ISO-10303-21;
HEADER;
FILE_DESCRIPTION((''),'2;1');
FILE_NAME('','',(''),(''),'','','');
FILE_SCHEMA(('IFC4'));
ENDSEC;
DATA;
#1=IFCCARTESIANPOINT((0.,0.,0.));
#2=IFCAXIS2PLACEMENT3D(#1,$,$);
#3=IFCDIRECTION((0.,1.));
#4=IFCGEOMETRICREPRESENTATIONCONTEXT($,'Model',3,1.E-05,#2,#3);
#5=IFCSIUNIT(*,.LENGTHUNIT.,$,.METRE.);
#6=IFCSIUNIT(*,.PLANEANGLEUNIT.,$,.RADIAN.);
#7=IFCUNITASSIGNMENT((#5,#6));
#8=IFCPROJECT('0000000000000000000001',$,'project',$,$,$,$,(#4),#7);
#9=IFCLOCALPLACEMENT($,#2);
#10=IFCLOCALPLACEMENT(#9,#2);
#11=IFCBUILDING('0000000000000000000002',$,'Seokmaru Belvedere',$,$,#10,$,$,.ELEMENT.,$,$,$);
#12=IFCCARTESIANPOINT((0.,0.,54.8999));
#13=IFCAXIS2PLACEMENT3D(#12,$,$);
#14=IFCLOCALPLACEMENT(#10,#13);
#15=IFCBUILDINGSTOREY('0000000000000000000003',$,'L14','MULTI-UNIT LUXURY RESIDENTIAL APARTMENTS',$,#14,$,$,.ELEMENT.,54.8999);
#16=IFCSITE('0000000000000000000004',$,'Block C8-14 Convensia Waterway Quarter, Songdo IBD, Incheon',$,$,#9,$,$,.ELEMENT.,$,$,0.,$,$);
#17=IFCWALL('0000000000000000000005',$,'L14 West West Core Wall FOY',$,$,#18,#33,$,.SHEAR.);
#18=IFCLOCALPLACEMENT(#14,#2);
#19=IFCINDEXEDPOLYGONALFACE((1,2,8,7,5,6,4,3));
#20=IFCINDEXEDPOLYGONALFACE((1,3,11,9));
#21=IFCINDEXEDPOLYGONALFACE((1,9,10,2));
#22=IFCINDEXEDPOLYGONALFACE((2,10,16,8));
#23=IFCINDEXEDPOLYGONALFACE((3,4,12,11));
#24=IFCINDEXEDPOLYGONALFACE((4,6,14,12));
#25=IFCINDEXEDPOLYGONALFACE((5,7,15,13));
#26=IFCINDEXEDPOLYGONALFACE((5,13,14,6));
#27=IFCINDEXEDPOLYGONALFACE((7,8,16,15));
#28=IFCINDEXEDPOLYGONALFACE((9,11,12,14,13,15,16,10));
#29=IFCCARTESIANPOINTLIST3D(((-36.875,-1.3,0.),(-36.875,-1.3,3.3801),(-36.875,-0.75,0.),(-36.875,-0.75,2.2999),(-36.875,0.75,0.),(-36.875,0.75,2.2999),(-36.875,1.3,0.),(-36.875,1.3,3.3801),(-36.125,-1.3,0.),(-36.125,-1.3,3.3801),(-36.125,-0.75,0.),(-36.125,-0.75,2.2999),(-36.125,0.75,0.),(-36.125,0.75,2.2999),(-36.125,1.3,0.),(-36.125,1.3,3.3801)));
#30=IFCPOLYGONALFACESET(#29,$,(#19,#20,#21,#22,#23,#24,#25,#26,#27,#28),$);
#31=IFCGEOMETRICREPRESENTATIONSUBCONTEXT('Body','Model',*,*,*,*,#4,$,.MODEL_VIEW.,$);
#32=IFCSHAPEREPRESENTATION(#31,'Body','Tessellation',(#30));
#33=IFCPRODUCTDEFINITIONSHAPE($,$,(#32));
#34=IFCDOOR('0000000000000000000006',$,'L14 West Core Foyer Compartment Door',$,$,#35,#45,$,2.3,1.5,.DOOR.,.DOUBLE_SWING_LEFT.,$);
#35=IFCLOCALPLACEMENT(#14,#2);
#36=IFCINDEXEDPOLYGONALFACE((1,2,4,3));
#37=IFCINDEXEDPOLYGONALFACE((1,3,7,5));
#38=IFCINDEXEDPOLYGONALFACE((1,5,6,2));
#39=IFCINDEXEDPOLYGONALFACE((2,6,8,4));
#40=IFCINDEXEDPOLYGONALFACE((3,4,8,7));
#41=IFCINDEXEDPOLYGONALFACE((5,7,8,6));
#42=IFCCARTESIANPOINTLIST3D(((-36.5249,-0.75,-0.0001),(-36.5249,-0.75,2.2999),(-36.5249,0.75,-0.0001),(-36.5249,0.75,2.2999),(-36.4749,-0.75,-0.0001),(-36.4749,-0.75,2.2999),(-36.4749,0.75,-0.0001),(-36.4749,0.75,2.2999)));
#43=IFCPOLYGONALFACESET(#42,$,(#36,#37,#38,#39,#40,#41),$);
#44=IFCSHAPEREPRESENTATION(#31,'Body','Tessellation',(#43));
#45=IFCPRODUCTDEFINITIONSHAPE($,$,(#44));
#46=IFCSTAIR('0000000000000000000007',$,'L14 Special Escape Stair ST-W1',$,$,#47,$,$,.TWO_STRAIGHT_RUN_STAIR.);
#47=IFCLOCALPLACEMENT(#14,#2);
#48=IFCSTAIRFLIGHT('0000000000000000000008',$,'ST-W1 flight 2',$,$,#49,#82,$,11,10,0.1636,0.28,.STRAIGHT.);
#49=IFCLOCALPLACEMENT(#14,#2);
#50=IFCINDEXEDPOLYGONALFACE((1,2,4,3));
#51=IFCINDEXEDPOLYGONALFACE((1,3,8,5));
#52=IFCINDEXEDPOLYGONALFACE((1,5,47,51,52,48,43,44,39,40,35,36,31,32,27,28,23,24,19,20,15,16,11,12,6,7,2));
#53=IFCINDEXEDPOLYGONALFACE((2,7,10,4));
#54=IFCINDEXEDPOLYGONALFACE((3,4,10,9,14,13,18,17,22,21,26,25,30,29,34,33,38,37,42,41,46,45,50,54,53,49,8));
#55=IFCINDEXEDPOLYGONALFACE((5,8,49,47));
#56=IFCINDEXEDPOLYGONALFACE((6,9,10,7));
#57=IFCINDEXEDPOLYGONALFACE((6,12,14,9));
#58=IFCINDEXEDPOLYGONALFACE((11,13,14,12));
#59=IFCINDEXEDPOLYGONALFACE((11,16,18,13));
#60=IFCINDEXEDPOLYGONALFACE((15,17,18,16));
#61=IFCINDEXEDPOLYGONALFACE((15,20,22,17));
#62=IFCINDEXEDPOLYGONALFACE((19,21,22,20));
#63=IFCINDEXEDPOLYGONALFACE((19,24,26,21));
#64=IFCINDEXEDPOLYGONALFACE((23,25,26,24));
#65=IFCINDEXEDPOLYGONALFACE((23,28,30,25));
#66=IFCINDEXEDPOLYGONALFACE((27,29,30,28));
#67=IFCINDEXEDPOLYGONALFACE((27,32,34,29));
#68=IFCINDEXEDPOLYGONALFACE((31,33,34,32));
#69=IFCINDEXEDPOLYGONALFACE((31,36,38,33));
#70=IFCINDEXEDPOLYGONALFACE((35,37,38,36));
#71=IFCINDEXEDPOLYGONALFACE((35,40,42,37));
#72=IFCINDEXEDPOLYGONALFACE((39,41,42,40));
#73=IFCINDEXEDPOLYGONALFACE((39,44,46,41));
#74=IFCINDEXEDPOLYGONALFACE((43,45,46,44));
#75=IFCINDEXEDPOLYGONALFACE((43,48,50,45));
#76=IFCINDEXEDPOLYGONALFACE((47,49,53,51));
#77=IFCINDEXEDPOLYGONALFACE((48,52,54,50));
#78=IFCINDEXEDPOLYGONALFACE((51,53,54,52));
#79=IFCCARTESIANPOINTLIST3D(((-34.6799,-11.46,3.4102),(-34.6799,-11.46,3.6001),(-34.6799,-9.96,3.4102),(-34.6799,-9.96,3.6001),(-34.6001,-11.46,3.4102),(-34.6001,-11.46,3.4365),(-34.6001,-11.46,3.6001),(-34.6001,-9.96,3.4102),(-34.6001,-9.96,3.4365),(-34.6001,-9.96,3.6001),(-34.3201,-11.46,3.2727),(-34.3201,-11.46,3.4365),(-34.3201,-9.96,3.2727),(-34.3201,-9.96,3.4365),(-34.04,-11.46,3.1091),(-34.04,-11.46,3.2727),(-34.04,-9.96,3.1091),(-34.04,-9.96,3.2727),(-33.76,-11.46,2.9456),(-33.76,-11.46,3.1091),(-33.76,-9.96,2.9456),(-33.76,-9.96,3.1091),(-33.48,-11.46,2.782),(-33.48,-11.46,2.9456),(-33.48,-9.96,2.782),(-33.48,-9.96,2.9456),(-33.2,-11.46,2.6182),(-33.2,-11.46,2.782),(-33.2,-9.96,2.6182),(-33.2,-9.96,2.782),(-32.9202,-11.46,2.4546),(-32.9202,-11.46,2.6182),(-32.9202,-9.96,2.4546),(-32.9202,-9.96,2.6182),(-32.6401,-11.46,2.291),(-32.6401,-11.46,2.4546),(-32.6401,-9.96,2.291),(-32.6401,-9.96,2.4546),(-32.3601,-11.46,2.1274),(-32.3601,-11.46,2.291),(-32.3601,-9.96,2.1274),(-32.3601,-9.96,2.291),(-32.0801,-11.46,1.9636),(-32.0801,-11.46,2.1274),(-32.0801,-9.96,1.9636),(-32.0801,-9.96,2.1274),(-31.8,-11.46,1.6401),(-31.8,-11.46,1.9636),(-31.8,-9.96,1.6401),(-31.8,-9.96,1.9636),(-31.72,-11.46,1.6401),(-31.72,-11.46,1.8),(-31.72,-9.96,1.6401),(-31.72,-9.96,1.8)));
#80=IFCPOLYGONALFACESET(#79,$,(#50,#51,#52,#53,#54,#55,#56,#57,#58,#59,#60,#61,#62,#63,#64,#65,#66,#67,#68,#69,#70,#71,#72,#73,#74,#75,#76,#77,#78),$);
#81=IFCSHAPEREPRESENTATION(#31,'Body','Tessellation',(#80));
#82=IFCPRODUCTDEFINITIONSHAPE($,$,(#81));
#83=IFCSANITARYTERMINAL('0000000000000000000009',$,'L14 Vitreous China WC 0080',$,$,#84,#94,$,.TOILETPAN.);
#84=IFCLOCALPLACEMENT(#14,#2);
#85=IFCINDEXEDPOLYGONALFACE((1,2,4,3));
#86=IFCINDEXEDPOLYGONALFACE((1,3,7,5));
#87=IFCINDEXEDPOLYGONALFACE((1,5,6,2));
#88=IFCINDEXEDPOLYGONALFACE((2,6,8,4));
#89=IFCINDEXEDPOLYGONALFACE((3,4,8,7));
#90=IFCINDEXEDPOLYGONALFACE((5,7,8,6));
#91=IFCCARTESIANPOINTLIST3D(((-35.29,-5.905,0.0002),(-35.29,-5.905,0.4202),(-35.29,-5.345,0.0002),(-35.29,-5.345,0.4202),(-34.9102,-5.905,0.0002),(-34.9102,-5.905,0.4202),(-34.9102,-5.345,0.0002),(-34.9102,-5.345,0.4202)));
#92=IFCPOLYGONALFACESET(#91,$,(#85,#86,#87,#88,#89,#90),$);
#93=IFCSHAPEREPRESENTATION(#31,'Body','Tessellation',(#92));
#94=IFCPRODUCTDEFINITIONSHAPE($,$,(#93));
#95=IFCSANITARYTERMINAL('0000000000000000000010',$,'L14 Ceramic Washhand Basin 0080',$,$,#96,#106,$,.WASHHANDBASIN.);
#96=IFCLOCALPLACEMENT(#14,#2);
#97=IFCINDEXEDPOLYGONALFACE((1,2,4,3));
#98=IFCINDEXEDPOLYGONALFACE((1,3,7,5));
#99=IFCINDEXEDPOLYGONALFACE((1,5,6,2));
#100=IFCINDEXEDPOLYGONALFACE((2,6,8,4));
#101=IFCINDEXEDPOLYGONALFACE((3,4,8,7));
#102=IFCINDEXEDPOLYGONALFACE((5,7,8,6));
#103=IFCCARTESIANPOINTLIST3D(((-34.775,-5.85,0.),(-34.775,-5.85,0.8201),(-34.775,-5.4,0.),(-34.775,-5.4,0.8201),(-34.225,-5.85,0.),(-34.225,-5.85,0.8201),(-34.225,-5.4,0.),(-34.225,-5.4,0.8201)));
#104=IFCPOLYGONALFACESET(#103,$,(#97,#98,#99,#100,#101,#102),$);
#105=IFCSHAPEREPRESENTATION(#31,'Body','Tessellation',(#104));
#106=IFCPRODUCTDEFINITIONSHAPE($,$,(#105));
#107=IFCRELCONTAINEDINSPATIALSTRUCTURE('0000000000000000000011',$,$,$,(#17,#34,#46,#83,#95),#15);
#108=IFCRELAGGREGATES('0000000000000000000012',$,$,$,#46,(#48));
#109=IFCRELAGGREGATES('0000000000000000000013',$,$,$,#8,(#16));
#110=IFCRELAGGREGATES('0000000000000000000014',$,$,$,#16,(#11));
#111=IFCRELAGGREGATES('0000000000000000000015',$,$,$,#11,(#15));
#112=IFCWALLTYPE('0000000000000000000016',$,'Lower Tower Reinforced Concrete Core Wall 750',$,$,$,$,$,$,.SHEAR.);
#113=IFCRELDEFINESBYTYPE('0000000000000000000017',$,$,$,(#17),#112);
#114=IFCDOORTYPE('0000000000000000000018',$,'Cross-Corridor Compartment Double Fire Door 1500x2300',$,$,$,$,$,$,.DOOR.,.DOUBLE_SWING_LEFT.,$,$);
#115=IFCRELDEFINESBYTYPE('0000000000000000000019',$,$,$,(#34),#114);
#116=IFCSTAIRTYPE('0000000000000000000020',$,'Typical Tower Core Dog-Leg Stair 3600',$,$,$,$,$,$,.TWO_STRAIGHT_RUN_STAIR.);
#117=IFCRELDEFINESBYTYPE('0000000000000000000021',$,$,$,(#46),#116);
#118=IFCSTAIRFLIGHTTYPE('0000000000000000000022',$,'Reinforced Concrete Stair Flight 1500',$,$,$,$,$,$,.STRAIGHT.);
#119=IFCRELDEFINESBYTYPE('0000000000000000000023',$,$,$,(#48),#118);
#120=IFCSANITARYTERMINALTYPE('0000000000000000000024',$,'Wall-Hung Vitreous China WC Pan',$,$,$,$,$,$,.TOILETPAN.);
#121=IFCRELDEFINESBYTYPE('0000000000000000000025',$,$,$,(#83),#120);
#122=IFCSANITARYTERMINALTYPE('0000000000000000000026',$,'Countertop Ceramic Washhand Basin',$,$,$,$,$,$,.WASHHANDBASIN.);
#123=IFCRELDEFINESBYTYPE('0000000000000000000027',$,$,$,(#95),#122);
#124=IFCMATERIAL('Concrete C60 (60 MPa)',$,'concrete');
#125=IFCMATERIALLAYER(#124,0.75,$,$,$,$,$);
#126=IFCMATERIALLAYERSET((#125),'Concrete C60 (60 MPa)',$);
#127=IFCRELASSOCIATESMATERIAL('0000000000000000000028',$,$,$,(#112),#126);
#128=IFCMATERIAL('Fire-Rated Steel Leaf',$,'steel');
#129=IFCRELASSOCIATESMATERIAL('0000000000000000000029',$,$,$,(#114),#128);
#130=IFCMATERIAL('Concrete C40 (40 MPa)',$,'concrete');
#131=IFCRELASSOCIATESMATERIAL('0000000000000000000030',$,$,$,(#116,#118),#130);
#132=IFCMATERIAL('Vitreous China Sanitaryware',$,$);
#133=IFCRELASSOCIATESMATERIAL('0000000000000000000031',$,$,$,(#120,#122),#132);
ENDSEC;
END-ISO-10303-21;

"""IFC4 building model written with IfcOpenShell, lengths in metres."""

from ifc_helpers import new_model, si_unit, direction, frame, frame_2d, origin, origin_2d, place, context, subcontext, project, spatial, polyline, rectangle, outline, extrude, source, transform, mapped, material, layer, layer_set, type_object, type_shapes, element, fill, aggregate, save


model = new_model("IFC4")

# Units and contexts
model_context = context("Model", 3, precision=1e-05, world=origin(), true_north=direction((0.0, 1.0)))
body_context = subcontext(model_context, "Body", "Model", "MODEL_VIEW")
ifc_project = project(units=[si_unit("LENGTHUNIT", "METRE"), si_unit("PLANEANGLEUNIT", "RADIAN")], contexts=[model_context])

# Site, building, storey
site_placement = place(None, origin())
site = spatial("IfcSite", under=ifc_project, at=site_placement, Name="Block C8-14 Convensia Waterway Quarter, Songdo IBD, Incheon", CompositionType="ELEMENT", RefElevation=0.0)
building_placement = place(site_placement, origin())
building = spatial("IfcBuilding", under=site, at=building_placement, Name="Seokmaru Belvedere", CompositionType="ELEMENT")
storey_placement = place(building_placement, frame((0.0, 0.0, 54.8999)))
storey = spatial("IfcBuildingStorey", under=building, at=storey_placement, Name="L14", Description="MULTI-UNIT LUXURY RESIDENTIAL APARTMENTS", CompositionType="ELEMENT", Elevation=54.8999)

# Shared definitions
ifc_material_1 = material(Name="Fire-Rated Steel Leaf", Category="steel")

# Wall, opening, door
ifc_material_2 = material(Name="Concrete C60 (60 MPa)", Category="concrete")
ifc_layer_1 = layer(ifc_material_2, 0.75)
ifc_layer_set_1 = layer_set([ifc_layer_1], Name="Concrete C60 (60 MPa)")
wall_type_1 = type_object("IfcWallType", Name="Lower Tower Reinforced Concrete Core Wall 750", PredefinedType="SHEAR", material=ifc_layer_set_1)
wall_1_placement = place(storey_placement, frame((-36.5, -1.3, 0.0), z_axis=(0.0, 0.0, 1.0), x_axis=(0.0, 1.0, 0.0)))
wall_1 = element("IfcWall", 1, at=wall_1_placement, inside=storey, type_object=wall_type_1, Name="L14 West West Core Wall FOY", PredefinedType="SHEAR", context=body_context, shape_type="SweptSolid", body=[
    extrude(rectangle(XDim=2.6001, YDim=0.75, at=frame_2d((1.3, 0.0))), origin(), (0.0, 0.0, 1.0), 3.3801),
])
opening_1_placement = place(wall_1_placement, frame((0.55, 0.0, 0.0)))
opening_1 = element("IfcOpeningElement", 2, at=opening_1_placement, cuts=wall_1, PredefinedType="OPENING", context=body_context, shape_type="SweptSolid", body=[
    extrude(rectangle(XDim=1.5, YDim=2.3, at=frame_2d((0.75, 1.1499))), frame((0.0, 0.385, 0.0), z_axis=(0.0, -1.0, 0.0), x_axis=(1.0, 0.0, 0.0)), (0.0, 0.0, 1.0), 0.77),
])
door_type_1 = type_object("IfcDoorType", Name="Cross-Corridor Compartment Double Fire Door 1500x2300", OperationType="DOUBLE_SWING_LEFT", PredefinedType="DOOR", material=ifc_material_1)
shared_shape_1 = source(origin(), body_context, "Body", "SweptSolid", [
    extrude(rectangle(XDim=1.5, YDim=2.3, at=frame_2d((0.75, 1.1499))), frame((0.0, 0.0249, 0.0), z_axis=(0.0, -1.0, 0.0), x_axis=(1.0, 0.0, 0.0)), (0.0, 0.0, 1.0), 0.05),
])
type_shapes(door_type_1, [shared_shape_1])
door_1_placement = place(opening_1_placement, origin())
door_1 = element("IfcDoor", 3, at=door_1_placement, inside=storey, type_object=door_type_1, Name="L14 West Core Foyer Compartment Door", OperationType="DOUBLE_SWING_LEFT", OverallHeight=2.3, OverallWidth=1.5, PredefinedType="DOOR", context=body_context, shape_type="MappedRepresentation", body=[
    mapped(shared_shape_1, transform((0.0, 0.0, 0.0), scale=1.0)),
])
fill(opening_1, door_1)

# Stair, stair flight
ifc_material_3 = material(Name="Concrete C40 (40 MPa)", Category="concrete")
stair_type = type_object("IfcStairType", Name="Typical Tower Core Dog-Leg Stair 3600", PredefinedType="TWO_STRAIGHT_RUN_STAIR", material=ifc_material_3)
stair_placement = place(storey_placement, origin())
stair = element("IfcStair", 4, at=stair_placement, inside=storey, type_object=stair_type, Name="L14 Special Escape Stair ST-W1", PredefinedType="TWO_STRAIGHT_RUN_STAIR")
stair_flight_type = type_object("IfcStairFlightType", Name="Reinforced Concrete Stair Flight 1500", PredefinedType="STRAIGHT", material=ifc_material_3)
stair_flight_placement = place(storey_placement, frame((-31.8, -10.71, 1.8), z_axis=(0.0, 0.0, 1.0), x_axis=(-1.0, 0.0, 0.0)))
stair_flight = element("IfcStairFlight", 5, at=stair_flight_placement, type_object=stair_flight_type, Name="ST-W1 flight 2", NumberOfRisers=11, NumberOfTreads=10, PredefinedType="STRAIGHT", RiserHeight=0.1636, TreadLength=0.28, context=body_context, shape_type="SweptSolid", body=[
    extrude(outline(polyline([(-0.0801, 0.0), (0.0, 0.1636), (0.28, 0.1636), (0.28, 0.3274), (0.5601, 0.3274), (0.5601, 0.491), (0.8401, 0.491), (0.8401, 0.6545), (1.1201, 0.6545), (1.1201, 0.8181), (1.3999, 0.8181), (1.3999, 0.9819), (1.6799, 0.9819), (1.6799, 1.1455), (1.96, 1.1455), (1.96, 1.3091), (2.24, 1.3091), (2.24, 1.4727), (2.52, 1.4727), (2.52, 1.6365), (2.8, 1.6365), (2.8, 1.8), (2.8799, 1.8), (2.8799, 1.6101), (2.8, 1.6101), (0.0, -0.1599), (-0.0801, -0.1599), (-0.0801, 0.0)])), frame((0.0, 0.75, 0.0), z_axis=(0.0, -1.0, 0.0), x_axis=(1.0, 0.0, 0.0)), (0.0, 0.0, 1.0), 1.5),
])
aggregate(stair, [stair_flight])

# Sanitary terminals
ifc_material_4 = material(Name="Vitreous China Sanitaryware")
sanitary_terminal_type_1 = type_object("IfcSanitaryTerminalType", Name="Wall-Hung Vitreous China WC Pan", PredefinedType="TOILETPAN", material=ifc_material_4)
shared_shape_2 = source(origin(), body_context, "Body", "SweptSolid", [
    extrude(rectangle(XDim=0.3799, YDim=0.5601, at=origin_2d()), origin(), (0.0, 0.0, 1.0), 0.4199),
])
type_shapes(sanitary_terminal_type_1, [shared_shape_2])
sanitary_terminal_1_placement = place(storey_placement, frame((-35.1001, -5.625, 0.0002), z_axis=(0.0, 0.0, 1.0), x_axis=(1.0, 0.0, 0.0)))
element("IfcSanitaryTerminal", 6, at=sanitary_terminal_1_placement, inside=storey, type_object=sanitary_terminal_type_1, Name="L14 Vitreous China WC 0080", PredefinedType="TOILETPAN", context=body_context, shape_type="MappedRepresentation", body=[
    mapped(shared_shape_2, transform((0.0, 0.0, 0.0), scale=1.0)),
])
sanitary_terminal_type_2 = type_object("IfcSanitaryTerminalType", Name="Countertop Ceramic Washhand Basin", PredefinedType="WASHHANDBASIN", material=ifc_material_4)
shared_shape_3 = source(origin(), body_context, "Body", "SweptSolid", [
    extrude(rectangle(XDim=0.55, YDim=0.45, at=origin_2d()), origin(), (0.0, 0.0, 1.0), 0.8201),
])
type_shapes(sanitary_terminal_type_2, [shared_shape_3])
sanitary_terminal_2_placement = place(storey_placement, frame((-34.5, -5.625, 0.0), z_axis=(0.0, 0.0, 1.0), x_axis=(1.0, 0.0, 0.0)))
element("IfcSanitaryTerminal", 7, at=sanitary_terminal_2_placement, inside=storey, type_object=sanitary_terminal_type_2, Name="L14 Ceramic Washhand Basin 0080", PredefinedType="WASHHANDBASIN", context=body_context, shape_type="MappedRepresentation", body=[
    mapped(shared_shape_3, transform((0.0, 0.0, 0.0), scale=1.0)),
])

save(model, "model.ifc")
